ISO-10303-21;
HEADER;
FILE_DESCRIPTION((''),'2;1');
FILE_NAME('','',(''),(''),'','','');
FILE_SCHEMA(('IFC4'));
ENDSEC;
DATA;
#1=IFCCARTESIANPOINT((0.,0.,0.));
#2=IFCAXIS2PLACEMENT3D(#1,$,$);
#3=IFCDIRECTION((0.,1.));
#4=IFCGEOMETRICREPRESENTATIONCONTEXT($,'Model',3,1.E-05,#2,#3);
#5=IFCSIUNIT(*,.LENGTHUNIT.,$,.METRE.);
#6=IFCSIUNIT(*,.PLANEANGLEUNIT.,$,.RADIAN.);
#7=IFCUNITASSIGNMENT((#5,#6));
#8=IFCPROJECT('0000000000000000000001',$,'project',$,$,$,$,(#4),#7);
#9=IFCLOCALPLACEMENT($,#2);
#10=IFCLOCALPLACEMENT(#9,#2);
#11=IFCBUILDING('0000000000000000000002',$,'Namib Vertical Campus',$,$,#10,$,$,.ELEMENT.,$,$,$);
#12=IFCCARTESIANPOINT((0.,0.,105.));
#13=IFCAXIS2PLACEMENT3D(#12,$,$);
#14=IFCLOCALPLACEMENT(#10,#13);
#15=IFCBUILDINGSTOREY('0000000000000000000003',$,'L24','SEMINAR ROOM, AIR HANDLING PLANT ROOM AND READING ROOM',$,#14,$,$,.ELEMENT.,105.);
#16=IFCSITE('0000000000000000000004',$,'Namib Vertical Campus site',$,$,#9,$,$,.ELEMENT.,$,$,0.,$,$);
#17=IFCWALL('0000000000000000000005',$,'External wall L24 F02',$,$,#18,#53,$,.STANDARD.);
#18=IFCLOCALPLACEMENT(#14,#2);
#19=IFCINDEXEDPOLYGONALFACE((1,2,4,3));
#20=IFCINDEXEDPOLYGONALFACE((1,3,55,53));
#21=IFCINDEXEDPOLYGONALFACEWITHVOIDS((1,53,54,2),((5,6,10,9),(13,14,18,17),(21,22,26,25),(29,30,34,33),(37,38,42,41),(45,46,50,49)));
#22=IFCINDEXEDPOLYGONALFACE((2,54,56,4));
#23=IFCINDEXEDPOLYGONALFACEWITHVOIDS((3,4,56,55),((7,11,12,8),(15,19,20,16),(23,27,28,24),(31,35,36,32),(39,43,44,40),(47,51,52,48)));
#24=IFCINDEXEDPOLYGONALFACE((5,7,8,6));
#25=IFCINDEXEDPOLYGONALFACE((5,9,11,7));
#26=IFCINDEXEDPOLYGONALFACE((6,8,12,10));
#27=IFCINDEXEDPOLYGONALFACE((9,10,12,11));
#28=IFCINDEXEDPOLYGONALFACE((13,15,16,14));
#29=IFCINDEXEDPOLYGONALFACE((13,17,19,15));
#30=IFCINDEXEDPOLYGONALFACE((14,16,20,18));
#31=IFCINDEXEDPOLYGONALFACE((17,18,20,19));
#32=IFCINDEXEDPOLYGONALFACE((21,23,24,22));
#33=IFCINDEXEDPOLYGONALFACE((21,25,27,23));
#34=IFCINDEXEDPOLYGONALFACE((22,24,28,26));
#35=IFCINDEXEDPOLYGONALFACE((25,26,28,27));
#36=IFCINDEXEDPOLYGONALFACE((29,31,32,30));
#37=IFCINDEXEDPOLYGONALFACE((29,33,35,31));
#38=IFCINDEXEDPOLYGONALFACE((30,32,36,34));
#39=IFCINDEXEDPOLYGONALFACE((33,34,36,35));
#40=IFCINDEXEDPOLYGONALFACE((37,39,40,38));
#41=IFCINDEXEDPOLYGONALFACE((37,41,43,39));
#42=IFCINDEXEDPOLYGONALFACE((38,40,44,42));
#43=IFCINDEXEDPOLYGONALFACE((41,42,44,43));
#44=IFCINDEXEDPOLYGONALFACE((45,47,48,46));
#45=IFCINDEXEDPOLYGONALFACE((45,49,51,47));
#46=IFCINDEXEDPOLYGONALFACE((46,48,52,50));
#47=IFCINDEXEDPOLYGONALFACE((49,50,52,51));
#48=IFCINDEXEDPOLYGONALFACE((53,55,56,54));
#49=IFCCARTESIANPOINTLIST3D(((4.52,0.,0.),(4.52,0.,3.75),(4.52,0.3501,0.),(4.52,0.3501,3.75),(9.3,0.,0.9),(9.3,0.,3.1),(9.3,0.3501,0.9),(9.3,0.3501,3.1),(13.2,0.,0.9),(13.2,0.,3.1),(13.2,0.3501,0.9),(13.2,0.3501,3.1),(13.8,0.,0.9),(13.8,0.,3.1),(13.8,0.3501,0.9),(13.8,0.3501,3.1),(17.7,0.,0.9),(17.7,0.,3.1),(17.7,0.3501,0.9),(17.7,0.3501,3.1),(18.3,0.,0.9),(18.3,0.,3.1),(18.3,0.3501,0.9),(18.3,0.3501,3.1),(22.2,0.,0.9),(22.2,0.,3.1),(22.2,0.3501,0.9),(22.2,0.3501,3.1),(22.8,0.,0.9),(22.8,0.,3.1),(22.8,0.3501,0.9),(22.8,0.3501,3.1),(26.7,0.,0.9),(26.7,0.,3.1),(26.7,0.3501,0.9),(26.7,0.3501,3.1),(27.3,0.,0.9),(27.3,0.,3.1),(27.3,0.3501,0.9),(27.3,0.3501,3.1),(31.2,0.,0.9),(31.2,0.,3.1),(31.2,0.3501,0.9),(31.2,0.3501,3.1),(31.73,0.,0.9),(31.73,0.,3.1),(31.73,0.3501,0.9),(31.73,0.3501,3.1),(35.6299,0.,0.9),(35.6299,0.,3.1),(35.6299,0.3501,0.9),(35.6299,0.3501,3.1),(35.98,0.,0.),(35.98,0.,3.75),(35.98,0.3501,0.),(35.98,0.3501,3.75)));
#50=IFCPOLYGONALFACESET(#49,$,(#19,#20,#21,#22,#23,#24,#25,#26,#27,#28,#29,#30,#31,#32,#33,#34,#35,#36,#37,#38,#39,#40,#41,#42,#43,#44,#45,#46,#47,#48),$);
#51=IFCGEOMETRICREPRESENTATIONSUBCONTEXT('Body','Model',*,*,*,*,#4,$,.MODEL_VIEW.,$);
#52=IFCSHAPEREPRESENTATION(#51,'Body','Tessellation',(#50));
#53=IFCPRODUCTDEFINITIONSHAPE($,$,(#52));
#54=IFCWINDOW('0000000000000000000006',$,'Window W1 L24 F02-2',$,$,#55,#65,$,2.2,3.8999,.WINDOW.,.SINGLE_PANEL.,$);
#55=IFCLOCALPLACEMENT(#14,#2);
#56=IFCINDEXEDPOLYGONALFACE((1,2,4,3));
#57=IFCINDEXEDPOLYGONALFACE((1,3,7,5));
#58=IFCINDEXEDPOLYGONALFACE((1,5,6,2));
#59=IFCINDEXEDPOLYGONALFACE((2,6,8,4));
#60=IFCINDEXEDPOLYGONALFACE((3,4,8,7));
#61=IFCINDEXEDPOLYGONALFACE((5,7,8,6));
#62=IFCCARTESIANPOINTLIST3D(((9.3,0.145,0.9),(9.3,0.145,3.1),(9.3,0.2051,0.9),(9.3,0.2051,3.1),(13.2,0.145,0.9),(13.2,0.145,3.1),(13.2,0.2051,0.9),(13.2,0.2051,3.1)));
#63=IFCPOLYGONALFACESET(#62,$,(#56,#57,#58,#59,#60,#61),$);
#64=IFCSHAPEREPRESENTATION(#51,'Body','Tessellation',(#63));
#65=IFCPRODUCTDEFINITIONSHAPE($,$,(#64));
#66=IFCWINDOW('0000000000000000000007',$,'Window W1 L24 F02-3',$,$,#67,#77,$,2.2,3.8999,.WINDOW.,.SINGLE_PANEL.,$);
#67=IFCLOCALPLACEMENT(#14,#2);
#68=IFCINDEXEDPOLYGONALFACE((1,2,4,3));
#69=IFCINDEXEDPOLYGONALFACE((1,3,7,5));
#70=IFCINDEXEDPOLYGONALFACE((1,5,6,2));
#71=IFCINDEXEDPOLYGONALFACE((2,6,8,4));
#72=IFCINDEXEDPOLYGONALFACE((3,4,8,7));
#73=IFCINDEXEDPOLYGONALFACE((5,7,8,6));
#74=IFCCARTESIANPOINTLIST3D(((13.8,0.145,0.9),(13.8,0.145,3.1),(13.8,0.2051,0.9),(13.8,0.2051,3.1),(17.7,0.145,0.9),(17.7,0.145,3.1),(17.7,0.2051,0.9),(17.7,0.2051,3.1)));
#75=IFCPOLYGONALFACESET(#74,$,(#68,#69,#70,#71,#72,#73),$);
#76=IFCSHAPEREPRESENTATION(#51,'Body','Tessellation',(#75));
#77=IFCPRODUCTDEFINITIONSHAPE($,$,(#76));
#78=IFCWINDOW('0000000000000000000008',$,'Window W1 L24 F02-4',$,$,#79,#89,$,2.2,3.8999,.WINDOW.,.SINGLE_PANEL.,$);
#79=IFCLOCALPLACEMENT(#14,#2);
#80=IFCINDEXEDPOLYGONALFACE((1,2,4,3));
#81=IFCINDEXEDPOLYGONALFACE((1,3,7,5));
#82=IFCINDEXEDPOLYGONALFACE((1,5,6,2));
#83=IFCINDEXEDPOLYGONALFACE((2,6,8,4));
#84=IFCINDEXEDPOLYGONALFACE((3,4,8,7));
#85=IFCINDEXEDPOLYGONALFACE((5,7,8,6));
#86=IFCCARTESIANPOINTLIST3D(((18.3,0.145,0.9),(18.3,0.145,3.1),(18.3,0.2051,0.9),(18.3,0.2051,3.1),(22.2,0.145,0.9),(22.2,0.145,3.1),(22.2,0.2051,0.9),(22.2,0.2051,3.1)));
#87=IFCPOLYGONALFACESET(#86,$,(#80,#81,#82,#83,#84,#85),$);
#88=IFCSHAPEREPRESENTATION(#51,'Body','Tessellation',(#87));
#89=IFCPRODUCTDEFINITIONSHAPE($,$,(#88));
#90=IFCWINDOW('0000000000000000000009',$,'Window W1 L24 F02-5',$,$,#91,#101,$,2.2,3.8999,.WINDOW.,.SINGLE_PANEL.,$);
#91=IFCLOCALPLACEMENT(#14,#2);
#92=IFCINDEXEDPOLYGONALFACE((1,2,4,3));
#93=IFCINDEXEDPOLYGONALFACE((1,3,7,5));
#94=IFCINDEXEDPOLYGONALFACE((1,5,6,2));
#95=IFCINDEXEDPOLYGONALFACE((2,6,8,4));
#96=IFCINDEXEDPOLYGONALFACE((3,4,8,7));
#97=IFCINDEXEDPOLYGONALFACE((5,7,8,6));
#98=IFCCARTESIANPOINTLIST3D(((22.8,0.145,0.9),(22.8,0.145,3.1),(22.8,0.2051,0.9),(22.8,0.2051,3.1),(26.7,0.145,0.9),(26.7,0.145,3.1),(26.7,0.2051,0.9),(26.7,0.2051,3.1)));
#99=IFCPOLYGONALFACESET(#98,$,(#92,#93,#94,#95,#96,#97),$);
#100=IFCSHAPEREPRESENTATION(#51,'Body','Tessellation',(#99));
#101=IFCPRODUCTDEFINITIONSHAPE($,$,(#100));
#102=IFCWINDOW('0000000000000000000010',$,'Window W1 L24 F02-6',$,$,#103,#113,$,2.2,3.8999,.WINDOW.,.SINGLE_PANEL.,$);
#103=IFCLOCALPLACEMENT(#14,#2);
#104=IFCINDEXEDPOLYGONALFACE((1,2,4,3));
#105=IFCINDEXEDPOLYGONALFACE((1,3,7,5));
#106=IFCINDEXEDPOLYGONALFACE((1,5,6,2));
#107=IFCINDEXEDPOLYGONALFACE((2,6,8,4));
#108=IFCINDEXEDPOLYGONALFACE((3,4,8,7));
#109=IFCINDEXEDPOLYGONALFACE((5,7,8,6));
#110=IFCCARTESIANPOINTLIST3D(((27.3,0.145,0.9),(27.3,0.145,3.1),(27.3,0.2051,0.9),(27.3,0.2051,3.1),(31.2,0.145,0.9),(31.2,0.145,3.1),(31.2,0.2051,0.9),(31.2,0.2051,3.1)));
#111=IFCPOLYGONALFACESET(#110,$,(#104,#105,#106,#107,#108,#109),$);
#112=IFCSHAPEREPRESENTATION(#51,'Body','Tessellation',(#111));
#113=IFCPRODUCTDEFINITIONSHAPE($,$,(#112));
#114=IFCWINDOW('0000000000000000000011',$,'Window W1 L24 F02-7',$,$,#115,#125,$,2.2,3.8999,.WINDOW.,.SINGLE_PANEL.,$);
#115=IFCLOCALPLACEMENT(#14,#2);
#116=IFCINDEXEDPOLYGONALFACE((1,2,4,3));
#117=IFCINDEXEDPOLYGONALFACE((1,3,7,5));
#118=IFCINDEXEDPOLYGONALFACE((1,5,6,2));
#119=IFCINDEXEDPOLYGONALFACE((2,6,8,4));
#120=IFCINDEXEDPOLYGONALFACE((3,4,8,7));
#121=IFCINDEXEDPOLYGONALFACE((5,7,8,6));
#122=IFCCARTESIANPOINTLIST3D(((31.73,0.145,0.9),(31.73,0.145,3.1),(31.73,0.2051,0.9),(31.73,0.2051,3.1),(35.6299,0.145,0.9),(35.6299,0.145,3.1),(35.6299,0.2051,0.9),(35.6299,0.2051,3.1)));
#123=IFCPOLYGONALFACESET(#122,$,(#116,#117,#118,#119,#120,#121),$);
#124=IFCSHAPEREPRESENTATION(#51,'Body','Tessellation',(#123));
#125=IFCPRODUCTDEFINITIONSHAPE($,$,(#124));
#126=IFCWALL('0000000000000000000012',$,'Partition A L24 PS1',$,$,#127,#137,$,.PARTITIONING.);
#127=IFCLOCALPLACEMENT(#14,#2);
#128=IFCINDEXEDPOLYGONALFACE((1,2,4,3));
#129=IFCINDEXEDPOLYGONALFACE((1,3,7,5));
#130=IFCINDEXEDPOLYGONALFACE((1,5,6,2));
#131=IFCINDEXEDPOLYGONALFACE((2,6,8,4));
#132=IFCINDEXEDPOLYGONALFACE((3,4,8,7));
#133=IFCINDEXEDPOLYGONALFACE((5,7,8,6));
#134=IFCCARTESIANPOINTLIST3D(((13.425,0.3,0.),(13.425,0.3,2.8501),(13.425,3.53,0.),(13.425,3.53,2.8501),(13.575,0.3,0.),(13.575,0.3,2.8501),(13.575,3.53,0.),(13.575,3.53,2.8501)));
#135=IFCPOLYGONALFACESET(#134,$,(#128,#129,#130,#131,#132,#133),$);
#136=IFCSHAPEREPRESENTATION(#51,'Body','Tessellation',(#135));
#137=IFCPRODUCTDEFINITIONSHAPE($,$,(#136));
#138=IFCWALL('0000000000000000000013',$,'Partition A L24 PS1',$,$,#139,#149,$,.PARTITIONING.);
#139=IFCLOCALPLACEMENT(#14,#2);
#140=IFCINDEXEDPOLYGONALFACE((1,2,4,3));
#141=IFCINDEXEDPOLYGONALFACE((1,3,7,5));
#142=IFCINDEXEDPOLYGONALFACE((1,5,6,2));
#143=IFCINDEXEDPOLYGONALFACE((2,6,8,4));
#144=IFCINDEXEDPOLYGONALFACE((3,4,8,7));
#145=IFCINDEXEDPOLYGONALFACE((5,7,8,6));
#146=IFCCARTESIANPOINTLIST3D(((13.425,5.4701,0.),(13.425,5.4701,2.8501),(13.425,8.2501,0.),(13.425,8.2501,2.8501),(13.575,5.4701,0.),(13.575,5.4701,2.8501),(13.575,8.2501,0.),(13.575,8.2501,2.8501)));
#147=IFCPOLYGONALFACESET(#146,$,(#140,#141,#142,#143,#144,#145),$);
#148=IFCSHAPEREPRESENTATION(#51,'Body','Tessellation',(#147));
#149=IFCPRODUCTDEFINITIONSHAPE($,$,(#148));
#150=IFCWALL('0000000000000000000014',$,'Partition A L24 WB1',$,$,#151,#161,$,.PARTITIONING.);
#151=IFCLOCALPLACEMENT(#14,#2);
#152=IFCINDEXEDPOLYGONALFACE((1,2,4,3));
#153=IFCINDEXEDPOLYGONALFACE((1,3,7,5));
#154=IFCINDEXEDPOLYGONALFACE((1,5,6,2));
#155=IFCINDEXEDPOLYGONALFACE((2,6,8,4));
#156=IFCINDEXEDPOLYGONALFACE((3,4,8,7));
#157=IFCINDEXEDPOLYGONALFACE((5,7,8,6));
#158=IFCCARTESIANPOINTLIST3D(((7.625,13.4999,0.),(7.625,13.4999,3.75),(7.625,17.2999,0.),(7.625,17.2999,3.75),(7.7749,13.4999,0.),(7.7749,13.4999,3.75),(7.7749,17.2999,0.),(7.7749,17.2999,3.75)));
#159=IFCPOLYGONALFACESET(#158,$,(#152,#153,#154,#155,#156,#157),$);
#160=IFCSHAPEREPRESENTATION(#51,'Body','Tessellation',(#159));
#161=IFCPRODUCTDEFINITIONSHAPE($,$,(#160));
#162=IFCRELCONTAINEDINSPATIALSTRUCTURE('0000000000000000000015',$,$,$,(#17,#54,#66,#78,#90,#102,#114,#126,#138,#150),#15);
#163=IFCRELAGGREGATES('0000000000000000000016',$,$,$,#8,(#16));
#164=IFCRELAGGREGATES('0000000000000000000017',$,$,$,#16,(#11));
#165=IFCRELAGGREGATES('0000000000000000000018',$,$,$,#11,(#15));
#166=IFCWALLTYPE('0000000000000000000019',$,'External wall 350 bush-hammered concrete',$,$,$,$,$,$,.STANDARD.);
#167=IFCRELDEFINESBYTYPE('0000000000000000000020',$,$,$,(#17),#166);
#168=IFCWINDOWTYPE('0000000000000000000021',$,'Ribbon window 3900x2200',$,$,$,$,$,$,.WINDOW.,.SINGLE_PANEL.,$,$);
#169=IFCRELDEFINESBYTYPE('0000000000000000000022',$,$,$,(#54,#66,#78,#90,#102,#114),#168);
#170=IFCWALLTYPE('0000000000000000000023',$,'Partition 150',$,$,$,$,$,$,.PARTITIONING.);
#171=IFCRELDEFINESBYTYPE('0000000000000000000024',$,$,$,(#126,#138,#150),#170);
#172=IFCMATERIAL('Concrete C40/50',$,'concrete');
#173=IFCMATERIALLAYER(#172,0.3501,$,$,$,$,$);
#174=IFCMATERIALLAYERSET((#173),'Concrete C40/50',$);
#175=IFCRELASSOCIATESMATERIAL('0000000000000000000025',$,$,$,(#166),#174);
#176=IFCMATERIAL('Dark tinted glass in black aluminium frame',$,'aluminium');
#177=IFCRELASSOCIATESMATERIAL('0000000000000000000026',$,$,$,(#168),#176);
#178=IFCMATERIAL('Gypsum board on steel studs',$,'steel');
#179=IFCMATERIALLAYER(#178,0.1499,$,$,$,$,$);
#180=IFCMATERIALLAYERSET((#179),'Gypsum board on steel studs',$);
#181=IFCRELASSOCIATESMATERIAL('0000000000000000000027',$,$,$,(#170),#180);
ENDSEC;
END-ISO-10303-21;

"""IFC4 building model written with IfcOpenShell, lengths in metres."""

from ifc_helpers import new_model, si_unit, direction, frame, frame_2d, origin, place, context, subcontext, project, spatial, rectangle, extrude, material, layer, layer_set, type_object, element, fill, save


model = new_model("IFC4")

# Units and contexts
model_context = context("Model", 3, precision=1e-05, world=origin(), true_north=direction((0.0, 1.0)))
body_context = subcontext(model_context, "Body", "Model", "MODEL_VIEW")
ifc_project = project(units=[si_unit("LENGTHUNIT", "METRE"), si_unit("PLANEANGLEUNIT", "RADIAN")], contexts=[model_context])

# Site, building, storey
site_placement = place(None, origin())
site = spatial("IfcSite", under=ifc_project, at=site_placement, Name="Namib Vertical Campus site", CompositionType="ELEMENT", RefElevation=0.0)
building_placement = place(site_placement, origin())
building = spatial("IfcBuilding", under=site, at=building_placement, Name="Namib Vertical Campus", CompositionType="ELEMENT")
storey_placement = place(building_placement, frame((0.0, 0.0, 105.0)))
storey = spatial("IfcBuildingStorey", under=building, at=storey_placement, Name="L24", Description="SEMINAR ROOM, AIR HANDLING PLANT ROOM AND READING ROOM", CompositionType="ELEMENT", Elevation=105.0)

# Shared definitions
ifc_material_1 = material(Name="Concrete C40/50", Category="concrete")
ifc_layer_1 = layer(ifc_material_1, 0.3501)
ifc_layer_set_1 = layer_set([ifc_layer_1], Name="Concrete C40/50")
wall_type_1 = type_object("IfcWallType", Name="External wall 350 bush-hammered concrete", PredefinedType="STANDARD", material=ifc_layer_set_1)

# Wall, openings, windows
wall_1_placement = place(storey_placement, frame((4.52, 0.175, 0.0), z_axis=(0.0, 0.0, 1.0), x_axis=(1.0, 0.0, 0.0)))
wall_1 = element("IfcWall", 1, at=wall_1_placement, inside=storey, type_object=wall_type_1, Name="External wall L24 F02", PredefinedType="STANDARD", context=body_context, shape_type="SweptSolid", body=[
    extrude(rectangle(XDim=31.46, YDim=0.3501, at=frame_2d((15.73, 0.0))), origin(), (0.0, 0.0, 1.0), 3.75),
])
opening_1_placement = place(wall_1_placement, frame((4.78, 0.0, 0.8999)))
opening_1 = element("IfcOpeningElement", 2, at=opening_1_placement, cuts=wall_1, PredefinedType="OPENING", context=body_context, shape_type="SweptSolid", body=[
    extrude(rectangle(XDim=3.8999, YDim=2.2, at=frame_2d((1.95, 1.1001))), frame((0.0, 0.1851, 0.0), z_axis=(0.0, -1.0, 0.0), x_axis=(1.0, 0.0, 0.0)), (0.0, 0.0, 1.0), 0.3701),
])
opening_2_placement = place(wall_1_placement, frame((9.28, 0.0, 0.8999)))
opening_2 = element("IfcOpeningElement", 3, at=opening_2_placement, cuts=wall_1, PredefinedType="OPENING", context=body_context, shape_type="SweptSolid", body=[
    extrude(rectangle(XDim=3.8999, YDim=2.2, at=frame_2d((1.95, 1.1001))), frame((0.0, 0.1851, 0.0), z_axis=(0.0, -1.0, 0.0), x_axis=(1.0, 0.0, 0.0)), (0.0, 0.0, 1.0), 0.3701),
])
opening_3_placement = place(wall_1_placement, frame((13.78, 0.0, 0.8999)))
opening_3 = element("IfcOpeningElement", 4, at=opening_3_placement, cuts=wall_1, PredefinedType="OPENING", context=body_context, shape_type="SweptSolid", body=[
    extrude(rectangle(XDim=3.8999, YDim=2.2, at=frame_2d((1.95, 1.1001))), frame((0.0, 0.1851, 0.0), z_axis=(0.0, -1.0, 0.0), x_axis=(1.0, 0.0, 0.0)), (0.0, 0.0, 1.0), 0.3701),
])
opening_4_placement = place(wall_1_placement, frame((18.28, 0.0, 0.8999)))
opening_4 = element("IfcOpeningElement", 5, at=opening_4_placement, cuts=wall_1, PredefinedType="OPENING", context=body_context, shape_type="SweptSolid", body=[
    extrude(rectangle(XDim=3.8999, YDim=2.2, at=frame_2d((1.95, 1.1001))), frame((0.0, 0.1851, 0.0), z_axis=(0.0, -1.0, 0.0), x_axis=(1.0, 0.0, 0.0)), (0.0, 0.0, 1.0), 0.3701),
])
opening_5_placement = place(wall_1_placement, frame((22.78, 0.0, 0.8999)))
opening_5 = element("IfcOpeningElement", 6, at=opening_5_placement, cuts=wall_1, PredefinedType="OPENING", context=body_context, shape_type="SweptSolid", body=[
    extrude(rectangle(XDim=3.8999, YDim=2.2, at=frame_2d((1.95, 1.1001))), frame((0.0, 0.1851, 0.0), z_axis=(0.0, -1.0, 0.0), x_axis=(1.0, 0.0, 0.0)), (0.0, 0.0, 1.0), 0.3701),
])
opening_6_placement = place(wall_1_placement, frame((27.21, 0.0, 0.8999)))
opening_6 = element("IfcOpeningElement", 7, at=opening_6_placement, cuts=wall_1, PredefinedType="OPENING", context=body_context, shape_type="SweptSolid", body=[
    extrude(rectangle(XDim=3.8999, YDim=2.2, at=frame_2d((1.95, 1.1001))), frame((0.0, 0.1851, 0.0), z_axis=(0.0, -1.0, 0.0), x_axis=(1.0, 0.0, 0.0)), (0.0, 0.0, 1.0), 0.3701),
])
ifc_material_2 = material(Name="Dark tinted glass in black aluminium frame", Category="aluminium")
window_type = type_object("IfcWindowType", Name="Ribbon window 3900x2200", PartitioningType="SINGLE_PANEL", PredefinedType="WINDOW", material=ifc_material_2)
window_1_placement = place(opening_1_placement, origin())
window_1 = element("IfcWindow", 8, at=window_1_placement, inside=storey, type_object=window_type, Name="Window W1 L24 F02-2", OverallHeight=2.2, OverallWidth=3.8999, PartitioningType="SINGLE_PANEL", PredefinedType="WINDOW", context=body_context, shape_type="SweptSolid", body=[
    extrude(rectangle(XDim=3.8999, YDim=2.2, at=frame_2d((1.95, 1.1001))), frame((0.0, 0.03, 0.0), z_axis=(0.0, -1.0, 0.0), x_axis=(1.0, 0.0, 0.0)), (0.0, 0.0, 1.0), 0.0601),
])
fill(opening_1, window_1)
window_2_placement = place(opening_2_placement, origin())
window_2 = element("IfcWindow", 9, at=window_2_placement, inside=storey, type_object=window_type, Name="Window W1 L24 F02-3", OverallHeight=2.2, OverallWidth=3.8999, PartitioningType="SINGLE_PANEL", PredefinedType="WINDOW", context=body_context, shape_type="SweptSolid", body=[
    extrude(rectangle(XDim=3.8999, YDim=2.2, at=frame_2d((1.95, 1.1001))), frame((0.0, 0.03, 0.0), z_axis=(0.0, -1.0, 0.0), x_axis=(1.0, 0.0, 0.0)), (0.0, 0.0, 1.0), 0.0601),
])
fill(opening_2, window_2)
window_3_placement = place(opening_3_placement, origin())
window_3 = element("IfcWindow", 10, at=window_3_placement, inside=storey, type_object=window_type, Name="Window W1 L24 F02-4", OverallHeight=2.2, OverallWidth=3.8999, PartitioningType="SINGLE_PANEL", PredefinedType="WINDOW", context=body_context, shape_type="SweptSolid", body=[
    extrude(rectangle(XDim=3.8999, YDim=2.2, at=frame_2d((1.95, 1.1001))), frame((0.0, 0.03, 0.0), z_axis=(0.0, -1.0, 0.0), x_axis=(1.0, 0.0, 0.0)), (0.0, 0.0, 1.0), 0.0601),
])
fill(opening_3, window_3)
window_4_placement = place(opening_4_placement, origin())
window_4 = element("IfcWindow", 11, at=window_4_placement, inside=storey, type_object=window_type, Name="Window W1 L24 F02-5", OverallHeight=2.2, OverallWidth=3.8999, PartitioningType="SINGLE_PANEL", PredefinedType="WINDOW", context=body_context, shape_type="SweptSolid", body=[
    extrude(rectangle(XDim=3.8999, YDim=2.2, at=frame_2d((1.95, 1.1001))), frame((0.0, 0.03, 0.0), z_axis=(0.0, -1.0, 0.0), x_axis=(1.0, 0.0, 0.0)), (0.0, 0.0, 1.0), 0.0601),
])
fill(opening_4, window_4)
window_5_placement = place(opening_5_placement, origin())
window_5 = element("IfcWindow", 12, at=window_5_placement, inside=storey, type_object=window_type, Name="Window W1 L24 F02-6", OverallHeight=2.2, OverallWidth=3.8999, PartitioningType="SINGLE_PANEL", PredefinedType="WINDOW", context=body_context, shape_type="SweptSolid", body=[
    extrude(rectangle(XDim=3.8999, YDim=2.2, at=frame_2d((1.95, 1.1001))), frame((0.0, 0.03, 0.0), z_axis=(0.0, -1.0, 0.0), x_axis=(1.0, 0.0, 0.0)), (0.0, 0.0, 1.0), 0.0601),
])
fill(opening_5, window_5)
window_6_placement = place(opening_6_placement, origin())
window_6 = element("IfcWindow", 13, at=window_6_placement, inside=storey, type_object=window_type, Name="Window W1 L24 F02-7", OverallHeight=2.2, OverallWidth=3.8999, PartitioningType="SINGLE_PANEL", PredefinedType="WINDOW", context=body_context, shape_type="SweptSolid", body=[
    extrude(rectangle(XDim=3.8999, YDim=2.2, at=frame_2d((1.95, 1.1001))), frame((0.0, 0.03, 0.0), z_axis=(0.0, -1.0, 0.0), x_axis=(1.0, 0.0, 0.0)), (0.0, 0.0, 1.0), 0.0601),
])
fill(opening_6, window_6)

# Walls
ifc_material_3 = material(Name="Gypsum board on steel studs", Category="steel")
ifc_layer_2 = layer(ifc_material_3, 0.1499)
ifc_layer_set_2 = layer_set([ifc_layer_2], Name="Gypsum board on steel studs")
wall_type_2 = type_object("IfcWallType", Name="Partition 150", PredefinedType="PARTITIONING", material=ifc_layer_set_2)
wall_2_placement = place(storey_placement, frame((13.5, 0.3, 0.0), z_axis=(0.0, 0.0, 1.0), x_axis=(0.0, 1.0, 0.0)))
element("IfcWall", 14, at=wall_2_placement, inside=storey, type_object=wall_type_2, Name="Partition A L24 PS1", PredefinedType="PARTITIONING", context=body_context, shape_type="SweptSolid", body=[
    extrude(rectangle(XDim=3.23, YDim=0.1499, at=frame_2d((1.615, 0.0))), origin(), (0.0, 0.0, 1.0), 2.8501),
])
wall_3_placement = place(storey_placement, frame((13.5, 5.47, 0.0), z_axis=(0.0, 0.0, 1.0), x_axis=(0.0, 1.0, 0.0)))
element("IfcWall", 15, at=wall_3_placement, inside=storey, type_object=wall_type_2, Name="Partition A L24 PS1", PredefinedType="PARTITIONING", context=body_context, shape_type="SweptSolid", body=[
    extrude(rectangle(XDim=2.78, YDim=0.1499, at=frame_2d((1.3901, 0.0))), origin(), (0.0, 0.0, 1.0), 2.8501),
])
wall_4_placement = place(storey_placement, frame((7.7, 13.5, 0.0), z_axis=(0.0, 0.0, 1.0), x_axis=(0.0, 1.0, 0.0)))
element("IfcWall", 16, at=wall_4_placement, inside=storey, type_object=wall_type_2, Name="Partition A L24 WB1", PredefinedType="PARTITIONING", context=body_context, shape_type="SweptSolid", body=[
    extrude(rectangle(XDim=3.8, YDim=0.1499, at=frame_2d((1.8999, 0.0))), origin(), (0.0, 0.0, 1.0), 3.75),
])

save(model, "model.ifc")
